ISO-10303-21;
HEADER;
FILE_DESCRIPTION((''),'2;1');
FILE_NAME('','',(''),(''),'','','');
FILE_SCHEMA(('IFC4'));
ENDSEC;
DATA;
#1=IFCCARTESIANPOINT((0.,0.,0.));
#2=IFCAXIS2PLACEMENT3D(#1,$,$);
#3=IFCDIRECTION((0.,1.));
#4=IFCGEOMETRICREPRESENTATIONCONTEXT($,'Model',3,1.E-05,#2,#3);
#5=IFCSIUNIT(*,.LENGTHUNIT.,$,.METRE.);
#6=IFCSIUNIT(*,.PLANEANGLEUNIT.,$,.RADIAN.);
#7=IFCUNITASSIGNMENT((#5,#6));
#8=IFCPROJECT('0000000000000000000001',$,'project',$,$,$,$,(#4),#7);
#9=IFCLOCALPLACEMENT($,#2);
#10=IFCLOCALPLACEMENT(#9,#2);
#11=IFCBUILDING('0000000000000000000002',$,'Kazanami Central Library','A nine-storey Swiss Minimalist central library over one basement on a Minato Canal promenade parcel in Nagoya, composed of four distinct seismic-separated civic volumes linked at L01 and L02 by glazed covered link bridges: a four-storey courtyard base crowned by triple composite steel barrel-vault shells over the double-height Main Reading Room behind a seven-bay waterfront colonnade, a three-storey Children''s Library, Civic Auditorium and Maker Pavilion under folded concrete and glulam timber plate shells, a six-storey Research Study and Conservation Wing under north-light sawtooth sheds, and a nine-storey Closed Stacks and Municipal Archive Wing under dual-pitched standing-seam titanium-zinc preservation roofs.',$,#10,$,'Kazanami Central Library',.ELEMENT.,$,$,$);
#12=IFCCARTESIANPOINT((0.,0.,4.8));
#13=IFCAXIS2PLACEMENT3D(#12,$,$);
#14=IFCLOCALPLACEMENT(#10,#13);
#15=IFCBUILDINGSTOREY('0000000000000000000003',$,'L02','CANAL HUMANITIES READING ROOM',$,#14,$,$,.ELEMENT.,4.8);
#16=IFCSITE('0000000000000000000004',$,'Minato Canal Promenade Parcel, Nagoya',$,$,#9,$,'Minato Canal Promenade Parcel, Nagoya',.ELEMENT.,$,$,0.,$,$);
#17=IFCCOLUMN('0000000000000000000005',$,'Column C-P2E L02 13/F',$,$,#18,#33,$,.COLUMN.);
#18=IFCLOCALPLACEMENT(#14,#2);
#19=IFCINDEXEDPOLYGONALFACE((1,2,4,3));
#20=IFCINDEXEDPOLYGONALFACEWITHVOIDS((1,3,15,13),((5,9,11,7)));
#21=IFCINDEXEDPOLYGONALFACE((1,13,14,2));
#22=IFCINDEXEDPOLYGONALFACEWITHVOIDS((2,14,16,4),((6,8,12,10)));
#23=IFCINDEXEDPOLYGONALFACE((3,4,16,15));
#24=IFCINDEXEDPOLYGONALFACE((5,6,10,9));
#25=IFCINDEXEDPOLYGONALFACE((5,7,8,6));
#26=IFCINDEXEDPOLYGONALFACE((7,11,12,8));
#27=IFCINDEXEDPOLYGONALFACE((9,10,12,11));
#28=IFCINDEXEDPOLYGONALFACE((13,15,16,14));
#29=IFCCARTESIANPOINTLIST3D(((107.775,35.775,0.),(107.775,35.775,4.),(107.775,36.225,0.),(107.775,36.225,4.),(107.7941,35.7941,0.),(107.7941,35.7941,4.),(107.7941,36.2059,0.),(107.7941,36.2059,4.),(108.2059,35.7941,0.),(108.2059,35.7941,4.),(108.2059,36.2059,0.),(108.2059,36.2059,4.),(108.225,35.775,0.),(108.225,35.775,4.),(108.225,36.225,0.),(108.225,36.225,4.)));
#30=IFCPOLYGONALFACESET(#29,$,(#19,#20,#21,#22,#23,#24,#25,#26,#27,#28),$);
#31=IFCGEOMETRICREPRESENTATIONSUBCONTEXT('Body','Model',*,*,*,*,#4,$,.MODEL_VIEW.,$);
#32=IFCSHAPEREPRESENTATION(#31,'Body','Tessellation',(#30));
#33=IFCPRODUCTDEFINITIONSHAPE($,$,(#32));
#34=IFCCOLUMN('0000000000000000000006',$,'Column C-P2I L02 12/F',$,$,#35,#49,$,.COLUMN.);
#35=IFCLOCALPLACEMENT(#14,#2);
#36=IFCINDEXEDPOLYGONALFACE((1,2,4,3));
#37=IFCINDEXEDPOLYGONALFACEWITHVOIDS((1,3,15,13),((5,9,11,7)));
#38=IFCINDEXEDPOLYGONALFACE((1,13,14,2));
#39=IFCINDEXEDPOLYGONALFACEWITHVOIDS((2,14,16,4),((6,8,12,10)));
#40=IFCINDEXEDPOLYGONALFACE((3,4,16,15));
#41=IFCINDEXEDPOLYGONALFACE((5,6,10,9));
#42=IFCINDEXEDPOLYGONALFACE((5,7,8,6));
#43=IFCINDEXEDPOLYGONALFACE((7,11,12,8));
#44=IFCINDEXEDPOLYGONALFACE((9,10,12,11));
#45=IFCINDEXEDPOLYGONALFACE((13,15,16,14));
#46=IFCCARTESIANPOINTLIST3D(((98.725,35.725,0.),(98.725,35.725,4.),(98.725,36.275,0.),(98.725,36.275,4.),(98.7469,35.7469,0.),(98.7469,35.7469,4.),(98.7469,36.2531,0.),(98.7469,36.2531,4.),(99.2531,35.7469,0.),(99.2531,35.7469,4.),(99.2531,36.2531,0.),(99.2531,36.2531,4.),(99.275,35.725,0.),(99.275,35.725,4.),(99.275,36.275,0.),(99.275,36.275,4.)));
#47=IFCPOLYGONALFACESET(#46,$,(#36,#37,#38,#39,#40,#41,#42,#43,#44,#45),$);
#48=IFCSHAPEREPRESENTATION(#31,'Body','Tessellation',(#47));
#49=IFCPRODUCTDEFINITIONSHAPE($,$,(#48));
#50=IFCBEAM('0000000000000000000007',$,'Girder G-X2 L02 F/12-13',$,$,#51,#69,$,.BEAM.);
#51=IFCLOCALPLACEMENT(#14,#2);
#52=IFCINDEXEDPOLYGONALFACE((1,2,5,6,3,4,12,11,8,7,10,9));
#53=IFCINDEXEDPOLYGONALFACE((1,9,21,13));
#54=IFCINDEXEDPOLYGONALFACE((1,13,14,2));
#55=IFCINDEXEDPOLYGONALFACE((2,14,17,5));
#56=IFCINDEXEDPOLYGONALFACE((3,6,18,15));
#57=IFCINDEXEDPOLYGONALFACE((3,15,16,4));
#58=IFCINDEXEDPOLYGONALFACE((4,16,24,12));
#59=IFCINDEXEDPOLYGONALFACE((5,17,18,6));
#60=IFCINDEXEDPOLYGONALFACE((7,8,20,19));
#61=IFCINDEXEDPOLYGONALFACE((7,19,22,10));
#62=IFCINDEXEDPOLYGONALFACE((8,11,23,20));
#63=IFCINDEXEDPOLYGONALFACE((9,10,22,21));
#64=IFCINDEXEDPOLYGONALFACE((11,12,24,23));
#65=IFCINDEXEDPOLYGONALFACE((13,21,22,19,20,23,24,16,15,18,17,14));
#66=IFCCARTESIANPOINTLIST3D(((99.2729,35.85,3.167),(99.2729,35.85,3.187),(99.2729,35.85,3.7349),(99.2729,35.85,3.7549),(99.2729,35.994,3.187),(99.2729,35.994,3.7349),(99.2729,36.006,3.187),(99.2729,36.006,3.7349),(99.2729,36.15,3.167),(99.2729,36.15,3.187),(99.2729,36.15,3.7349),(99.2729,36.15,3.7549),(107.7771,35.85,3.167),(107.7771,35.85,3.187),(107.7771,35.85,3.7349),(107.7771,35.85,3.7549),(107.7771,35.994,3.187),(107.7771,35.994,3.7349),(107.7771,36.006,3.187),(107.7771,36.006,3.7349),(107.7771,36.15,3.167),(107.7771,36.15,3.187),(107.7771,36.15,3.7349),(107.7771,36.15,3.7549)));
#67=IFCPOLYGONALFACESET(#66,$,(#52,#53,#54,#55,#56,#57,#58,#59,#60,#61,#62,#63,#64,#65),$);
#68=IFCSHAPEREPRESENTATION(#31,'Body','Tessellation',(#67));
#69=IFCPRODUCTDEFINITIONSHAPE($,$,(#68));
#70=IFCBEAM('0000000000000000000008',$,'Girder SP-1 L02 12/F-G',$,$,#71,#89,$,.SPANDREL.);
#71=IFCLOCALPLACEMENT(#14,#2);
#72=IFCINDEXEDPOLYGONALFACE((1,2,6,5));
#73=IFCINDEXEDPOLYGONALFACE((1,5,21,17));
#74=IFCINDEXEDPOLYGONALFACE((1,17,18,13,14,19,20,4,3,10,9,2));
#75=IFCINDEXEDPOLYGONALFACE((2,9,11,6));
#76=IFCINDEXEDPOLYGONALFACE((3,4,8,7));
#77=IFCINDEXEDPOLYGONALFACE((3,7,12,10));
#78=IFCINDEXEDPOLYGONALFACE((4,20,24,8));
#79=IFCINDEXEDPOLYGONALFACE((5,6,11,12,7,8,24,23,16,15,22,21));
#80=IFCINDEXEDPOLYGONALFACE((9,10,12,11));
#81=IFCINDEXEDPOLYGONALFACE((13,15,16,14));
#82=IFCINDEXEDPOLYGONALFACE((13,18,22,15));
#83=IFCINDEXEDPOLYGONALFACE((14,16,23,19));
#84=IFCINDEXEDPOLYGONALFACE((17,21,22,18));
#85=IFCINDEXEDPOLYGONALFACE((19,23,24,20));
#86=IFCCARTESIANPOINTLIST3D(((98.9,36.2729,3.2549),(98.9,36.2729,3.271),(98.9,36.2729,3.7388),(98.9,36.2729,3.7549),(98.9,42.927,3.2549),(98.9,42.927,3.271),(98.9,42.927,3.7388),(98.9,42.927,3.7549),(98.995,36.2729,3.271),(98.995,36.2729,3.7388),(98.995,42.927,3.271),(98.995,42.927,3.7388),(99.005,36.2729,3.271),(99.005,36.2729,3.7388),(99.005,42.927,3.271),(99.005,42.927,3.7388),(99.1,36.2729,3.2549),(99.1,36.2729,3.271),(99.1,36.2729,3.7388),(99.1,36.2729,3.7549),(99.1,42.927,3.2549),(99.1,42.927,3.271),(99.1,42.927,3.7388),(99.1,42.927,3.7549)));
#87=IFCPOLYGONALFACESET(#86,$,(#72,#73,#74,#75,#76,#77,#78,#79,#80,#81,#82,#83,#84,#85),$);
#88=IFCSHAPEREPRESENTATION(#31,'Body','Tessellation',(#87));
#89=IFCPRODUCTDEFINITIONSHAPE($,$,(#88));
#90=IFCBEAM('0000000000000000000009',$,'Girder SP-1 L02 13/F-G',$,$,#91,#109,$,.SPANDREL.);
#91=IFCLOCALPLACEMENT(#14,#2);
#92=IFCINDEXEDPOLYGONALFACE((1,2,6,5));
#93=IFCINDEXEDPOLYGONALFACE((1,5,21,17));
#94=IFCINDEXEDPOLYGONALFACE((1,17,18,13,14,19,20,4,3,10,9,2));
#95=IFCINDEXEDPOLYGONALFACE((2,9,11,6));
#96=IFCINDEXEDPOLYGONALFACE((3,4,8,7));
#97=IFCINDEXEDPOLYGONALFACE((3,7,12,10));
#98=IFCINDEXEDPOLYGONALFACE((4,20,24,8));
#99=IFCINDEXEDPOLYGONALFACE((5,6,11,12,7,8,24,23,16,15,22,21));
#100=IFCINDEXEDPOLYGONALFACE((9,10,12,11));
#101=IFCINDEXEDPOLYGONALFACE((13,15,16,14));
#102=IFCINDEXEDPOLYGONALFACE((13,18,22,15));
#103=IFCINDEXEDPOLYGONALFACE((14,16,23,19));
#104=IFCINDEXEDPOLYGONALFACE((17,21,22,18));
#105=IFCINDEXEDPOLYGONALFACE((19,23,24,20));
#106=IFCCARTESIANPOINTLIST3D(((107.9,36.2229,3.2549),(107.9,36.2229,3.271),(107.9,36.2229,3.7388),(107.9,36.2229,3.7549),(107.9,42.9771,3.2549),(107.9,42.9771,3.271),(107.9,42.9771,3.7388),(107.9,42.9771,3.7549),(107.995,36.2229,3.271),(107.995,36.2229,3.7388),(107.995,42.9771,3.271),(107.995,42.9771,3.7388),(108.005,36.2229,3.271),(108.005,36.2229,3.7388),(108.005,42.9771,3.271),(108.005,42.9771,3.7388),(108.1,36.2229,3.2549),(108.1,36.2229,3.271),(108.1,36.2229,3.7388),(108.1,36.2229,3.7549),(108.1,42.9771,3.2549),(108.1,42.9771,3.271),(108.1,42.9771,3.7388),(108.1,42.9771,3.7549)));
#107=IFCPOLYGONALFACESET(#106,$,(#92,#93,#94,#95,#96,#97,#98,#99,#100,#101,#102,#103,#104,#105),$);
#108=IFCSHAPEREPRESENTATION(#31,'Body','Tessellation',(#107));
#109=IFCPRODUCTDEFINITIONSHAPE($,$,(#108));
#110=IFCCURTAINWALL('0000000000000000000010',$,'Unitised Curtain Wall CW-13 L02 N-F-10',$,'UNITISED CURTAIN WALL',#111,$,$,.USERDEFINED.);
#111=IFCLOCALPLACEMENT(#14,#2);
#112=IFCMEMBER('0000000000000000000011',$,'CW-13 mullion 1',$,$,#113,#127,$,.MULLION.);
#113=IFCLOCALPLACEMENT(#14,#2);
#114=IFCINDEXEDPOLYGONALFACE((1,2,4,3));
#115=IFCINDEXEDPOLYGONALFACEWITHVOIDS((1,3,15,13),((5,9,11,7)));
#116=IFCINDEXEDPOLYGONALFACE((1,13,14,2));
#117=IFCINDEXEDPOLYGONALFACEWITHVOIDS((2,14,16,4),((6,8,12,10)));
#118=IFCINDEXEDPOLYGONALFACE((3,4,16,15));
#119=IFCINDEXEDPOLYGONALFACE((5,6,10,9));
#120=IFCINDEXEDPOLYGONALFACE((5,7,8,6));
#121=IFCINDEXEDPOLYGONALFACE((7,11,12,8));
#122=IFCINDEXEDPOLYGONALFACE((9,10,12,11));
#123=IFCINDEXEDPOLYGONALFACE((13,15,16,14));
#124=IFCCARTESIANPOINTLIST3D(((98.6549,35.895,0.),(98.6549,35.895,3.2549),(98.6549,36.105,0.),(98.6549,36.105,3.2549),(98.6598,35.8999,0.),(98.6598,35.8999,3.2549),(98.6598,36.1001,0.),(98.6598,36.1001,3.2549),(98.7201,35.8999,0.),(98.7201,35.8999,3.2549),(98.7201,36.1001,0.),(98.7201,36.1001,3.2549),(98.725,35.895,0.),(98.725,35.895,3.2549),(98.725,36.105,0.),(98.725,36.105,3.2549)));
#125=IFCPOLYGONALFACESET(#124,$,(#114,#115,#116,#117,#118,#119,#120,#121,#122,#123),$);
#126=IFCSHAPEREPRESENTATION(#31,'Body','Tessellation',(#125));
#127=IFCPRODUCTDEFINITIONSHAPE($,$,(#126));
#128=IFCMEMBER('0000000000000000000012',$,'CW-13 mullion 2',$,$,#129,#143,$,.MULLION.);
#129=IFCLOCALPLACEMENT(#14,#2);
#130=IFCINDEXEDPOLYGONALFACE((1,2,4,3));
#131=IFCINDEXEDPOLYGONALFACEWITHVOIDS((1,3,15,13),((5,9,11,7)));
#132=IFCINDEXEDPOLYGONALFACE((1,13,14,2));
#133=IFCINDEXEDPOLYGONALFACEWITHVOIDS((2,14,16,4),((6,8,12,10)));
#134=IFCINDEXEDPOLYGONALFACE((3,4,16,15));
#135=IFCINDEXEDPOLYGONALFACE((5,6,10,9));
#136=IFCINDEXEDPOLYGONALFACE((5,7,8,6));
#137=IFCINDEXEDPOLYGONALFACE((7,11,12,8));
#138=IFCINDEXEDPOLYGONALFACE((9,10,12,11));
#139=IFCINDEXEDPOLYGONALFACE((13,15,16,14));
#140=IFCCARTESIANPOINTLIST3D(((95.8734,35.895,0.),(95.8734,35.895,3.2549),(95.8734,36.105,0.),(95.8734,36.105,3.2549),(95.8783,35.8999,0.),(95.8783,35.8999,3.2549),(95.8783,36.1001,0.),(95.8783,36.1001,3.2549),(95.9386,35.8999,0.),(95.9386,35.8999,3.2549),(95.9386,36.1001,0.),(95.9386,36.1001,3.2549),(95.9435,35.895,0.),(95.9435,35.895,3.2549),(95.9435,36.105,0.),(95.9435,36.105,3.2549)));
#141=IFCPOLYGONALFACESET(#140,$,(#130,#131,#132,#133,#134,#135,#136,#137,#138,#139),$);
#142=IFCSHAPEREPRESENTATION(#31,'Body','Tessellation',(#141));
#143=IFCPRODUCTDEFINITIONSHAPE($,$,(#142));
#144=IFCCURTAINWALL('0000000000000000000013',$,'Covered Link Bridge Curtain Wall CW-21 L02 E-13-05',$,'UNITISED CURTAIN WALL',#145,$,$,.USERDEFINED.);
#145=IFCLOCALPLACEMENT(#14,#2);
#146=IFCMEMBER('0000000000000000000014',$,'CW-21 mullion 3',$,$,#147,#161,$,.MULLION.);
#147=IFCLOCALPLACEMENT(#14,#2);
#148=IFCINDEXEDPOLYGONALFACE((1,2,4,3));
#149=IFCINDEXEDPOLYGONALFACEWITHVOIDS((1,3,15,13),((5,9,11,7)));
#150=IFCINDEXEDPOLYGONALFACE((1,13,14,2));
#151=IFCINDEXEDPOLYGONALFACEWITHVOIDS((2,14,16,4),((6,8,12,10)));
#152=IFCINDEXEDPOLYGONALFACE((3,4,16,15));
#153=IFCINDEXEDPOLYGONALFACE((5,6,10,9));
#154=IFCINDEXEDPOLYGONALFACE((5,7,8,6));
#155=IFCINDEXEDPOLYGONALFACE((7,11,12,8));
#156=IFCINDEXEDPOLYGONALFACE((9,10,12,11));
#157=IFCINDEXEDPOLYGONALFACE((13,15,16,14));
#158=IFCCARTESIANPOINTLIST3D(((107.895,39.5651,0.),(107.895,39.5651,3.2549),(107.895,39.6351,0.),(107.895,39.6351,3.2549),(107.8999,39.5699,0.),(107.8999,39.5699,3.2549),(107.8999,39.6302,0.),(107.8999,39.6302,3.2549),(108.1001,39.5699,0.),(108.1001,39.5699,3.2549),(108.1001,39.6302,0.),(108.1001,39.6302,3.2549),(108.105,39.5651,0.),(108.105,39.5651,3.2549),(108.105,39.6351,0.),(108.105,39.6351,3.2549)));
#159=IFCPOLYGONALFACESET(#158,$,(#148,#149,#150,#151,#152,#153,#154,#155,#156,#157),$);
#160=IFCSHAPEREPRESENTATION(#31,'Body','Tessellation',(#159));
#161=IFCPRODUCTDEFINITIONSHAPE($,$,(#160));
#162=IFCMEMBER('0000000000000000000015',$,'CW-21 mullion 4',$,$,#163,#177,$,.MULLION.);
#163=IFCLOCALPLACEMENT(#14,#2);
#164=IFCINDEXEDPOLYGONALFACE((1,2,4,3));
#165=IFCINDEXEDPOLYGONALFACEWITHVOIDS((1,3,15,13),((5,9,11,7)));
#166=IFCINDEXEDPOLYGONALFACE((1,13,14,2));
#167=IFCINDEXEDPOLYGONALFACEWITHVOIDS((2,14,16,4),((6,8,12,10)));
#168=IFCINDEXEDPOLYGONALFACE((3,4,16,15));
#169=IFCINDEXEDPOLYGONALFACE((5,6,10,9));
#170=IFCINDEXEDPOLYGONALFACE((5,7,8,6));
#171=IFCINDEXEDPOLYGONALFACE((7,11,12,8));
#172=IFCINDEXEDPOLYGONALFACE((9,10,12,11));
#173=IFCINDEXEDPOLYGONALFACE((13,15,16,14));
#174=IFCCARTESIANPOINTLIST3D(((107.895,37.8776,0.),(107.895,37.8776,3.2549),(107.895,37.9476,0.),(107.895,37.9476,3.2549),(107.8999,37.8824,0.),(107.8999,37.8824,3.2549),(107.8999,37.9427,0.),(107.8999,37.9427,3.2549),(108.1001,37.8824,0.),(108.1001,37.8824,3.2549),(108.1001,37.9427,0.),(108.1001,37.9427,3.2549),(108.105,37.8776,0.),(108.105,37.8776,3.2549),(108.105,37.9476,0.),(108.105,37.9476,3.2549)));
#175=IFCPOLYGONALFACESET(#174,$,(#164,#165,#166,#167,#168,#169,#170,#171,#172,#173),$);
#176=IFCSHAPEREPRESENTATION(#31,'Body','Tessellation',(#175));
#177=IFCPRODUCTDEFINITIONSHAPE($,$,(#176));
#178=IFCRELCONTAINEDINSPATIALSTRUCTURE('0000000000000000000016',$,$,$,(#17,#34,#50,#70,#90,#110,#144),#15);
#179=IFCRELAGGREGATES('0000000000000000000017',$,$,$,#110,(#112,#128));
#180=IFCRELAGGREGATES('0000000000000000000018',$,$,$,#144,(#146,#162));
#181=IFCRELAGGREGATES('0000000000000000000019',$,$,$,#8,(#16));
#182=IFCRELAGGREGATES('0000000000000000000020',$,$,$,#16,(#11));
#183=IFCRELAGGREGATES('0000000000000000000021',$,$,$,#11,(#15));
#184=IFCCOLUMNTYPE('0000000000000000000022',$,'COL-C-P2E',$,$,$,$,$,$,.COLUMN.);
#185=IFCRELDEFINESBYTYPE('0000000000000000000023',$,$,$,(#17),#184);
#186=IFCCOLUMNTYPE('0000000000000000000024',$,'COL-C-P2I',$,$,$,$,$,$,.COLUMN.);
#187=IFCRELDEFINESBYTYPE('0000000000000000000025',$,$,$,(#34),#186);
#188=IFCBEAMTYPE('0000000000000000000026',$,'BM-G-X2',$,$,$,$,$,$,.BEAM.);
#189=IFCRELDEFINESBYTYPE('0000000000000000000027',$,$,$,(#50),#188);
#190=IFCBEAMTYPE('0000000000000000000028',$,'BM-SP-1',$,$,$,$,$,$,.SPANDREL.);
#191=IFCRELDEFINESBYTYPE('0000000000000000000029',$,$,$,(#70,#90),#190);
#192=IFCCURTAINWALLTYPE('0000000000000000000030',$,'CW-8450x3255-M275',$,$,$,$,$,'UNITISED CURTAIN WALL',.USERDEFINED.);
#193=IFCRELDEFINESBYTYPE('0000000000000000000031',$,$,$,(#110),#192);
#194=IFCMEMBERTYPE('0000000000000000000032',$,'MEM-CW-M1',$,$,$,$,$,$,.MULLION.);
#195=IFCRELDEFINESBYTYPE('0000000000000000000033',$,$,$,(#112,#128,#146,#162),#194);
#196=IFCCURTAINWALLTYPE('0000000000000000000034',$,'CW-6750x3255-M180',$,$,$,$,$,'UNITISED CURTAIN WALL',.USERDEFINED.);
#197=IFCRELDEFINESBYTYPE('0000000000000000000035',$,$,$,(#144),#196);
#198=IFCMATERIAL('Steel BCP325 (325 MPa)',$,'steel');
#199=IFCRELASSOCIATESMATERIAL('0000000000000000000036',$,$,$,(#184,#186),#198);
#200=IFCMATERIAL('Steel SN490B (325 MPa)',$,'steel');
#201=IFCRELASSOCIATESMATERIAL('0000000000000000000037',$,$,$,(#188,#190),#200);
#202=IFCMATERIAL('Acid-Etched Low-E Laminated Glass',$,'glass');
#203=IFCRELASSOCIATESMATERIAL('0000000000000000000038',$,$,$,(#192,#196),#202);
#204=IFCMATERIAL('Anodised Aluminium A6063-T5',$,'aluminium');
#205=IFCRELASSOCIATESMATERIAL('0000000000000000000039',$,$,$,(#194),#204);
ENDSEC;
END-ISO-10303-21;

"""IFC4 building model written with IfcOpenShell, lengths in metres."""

from ifc_helpers import new_model, si_unit, direction, frame, origin, origin_2d, place, context, subcontext, project, spatial, hollow_rectangle, i_section, extrude, material, material_profile, profile_set, type_object, element, aggregate, save


model = new_model("IFC4")

# Units and contexts
model_context = context("Model", 3, precision=1e-05, world=origin(), true_north=direction((0.0, 1.0)))
body_context = subcontext(model_context, "Body", "Model", "MODEL_VIEW")
ifc_project = project(units=[si_unit("LENGTHUNIT", "METRE"), si_unit("PLANEANGLEUNIT", "RADIAN")], contexts=[model_context])

# Site, building, storey
site_placement = place(None, origin())
site = spatial("IfcSite", under=ifc_project, at=site_placement, Name="Minato Canal Promenade Parcel, Nagoya", LongName="Minato Canal Promenade Parcel, Nagoya", CompositionType="ELEMENT", RefElevation=0.0)
building_placement = place(site_placement, origin())
building = spatial("IfcBuilding", under=site, at=building_placement, Name="Kazanami Central Library", Description="A nine-storey Swiss Minimalist central library over one basement on a Minato Canal promenade parcel in Nagoya, composed of four distinct seismic-separated civic volumes linked at L01 and L02 by glazed covered link bridges: a four-storey courtyard base crowned by triple composite steel barrel-vault shells over the double-height Main Reading Room behind a seven-bay waterfront colonnade, a three-storey Children's Library, Civic Auditorium and Maker Pavilion under folded concrete and glulam timber plate shells, a six-storey Research Study and Conservation Wing under north-light sawtooth sheds, and a nine-storey Closed Stacks and Municipal Archive Wing under dual-pitched standing-seam titanium-zinc preservation roofs.", LongName="Kazanami Central Library", CompositionType="ELEMENT")
storey_placement = place(building_placement, frame((0.0, 0.0, 4.8)))
storey = spatial("IfcBuildingStorey", under=building, at=storey_placement, Name="L02", Description="CANAL HUMANITIES READING ROOM", CompositionType="ELEMENT", Elevation=4.8)

# Columns
ifc_material_1 = material(Name="Steel BCP325 (325 MPa)", Category="steel")
ifc_material_profile_1 = material_profile(ifc_material_1, hollow_rectangle(XDim=0.45, YDim=0.45, WallThickness=0.019, at=origin_2d()), Name="BCP-450x450x19")
ifc_profile_set_1 = profile_set([ifc_material_profile_1], Name="Steel BCP325 (325 MPa)")
column_type_1 = type_object("IfcColumnType", Name="COL-C-P2E", PredefinedType="COLUMN", material=ifc_profile_set_1)
column_1_placement = place(storey_placement, frame((108.0, 36.0, 0.0), z_axis=(0.0, 0.0, 1.0), x_axis=(1.0, 0.0, 0.0)))
element("IfcColumn", 1, at=column_1_placement, inside=storey, type_object=column_type_1, Name="Column C-P2E L02 13/F", PredefinedType="COLUMN", context=body_context, shape_type="SweptSolid", body=[
    extrude(hollow_rectangle(XDim=0.45, YDim=0.45, WallThickness=0.019, at=origin_2d()), origin(), (0.0, 0.0, 1.0), 4.0),
])
ifc_material_profile_2 = material_profile(ifc_material_1, hollow_rectangle(XDim=0.55, YDim=0.55, WallThickness=0.022, at=origin_2d()), Name="BCP-550x550x22")
ifc_profile_set_2 = profile_set([ifc_material_profile_2], Name="Steel BCP325 (325 MPa)")
column_type_2 = type_object("IfcColumnType", Name="COL-C-P2I", PredefinedType="COLUMN", material=ifc_profile_set_2)
column_2_placement = place(storey_placement, frame((99.0, 36.0, 0.0), z_axis=(0.0, 0.0, 1.0), x_axis=(1.0, 0.0, 0.0)))
element("IfcColumn", 2, at=column_2_placement, inside=storey, type_object=column_type_2, Name="Column C-P2I L02 12/F", PredefinedType="COLUMN", context=body_context, shape_type="SweptSolid", body=[
    extrude(hollow_rectangle(XDim=0.55, YDim=0.55, WallThickness=0.022, at=origin_2d()), origin(), (0.0, 0.0, 1.0), 4.0),
])

# Beams
ifc_material_2 = material(Name="Steel SN490B (325 MPa)", Category="steel")
ifc_material_profile_3 = material_profile(ifc_material_2, i_section(OverallWidth=0.3, OverallDepth=0.5879, WebThickness=0.012, FlangeThickness=0.02, at=origin_2d()), Name="H-588x300x12x20")
ifc_profile_set_3 = profile_set([ifc_material_profile_3], Name="Steel SN490B (325 MPa)")
beam_type_1 = type_object("IfcBeamType", Name="BM-G-X2", PredefinedType="BEAM", material=ifc_profile_set_3)
beam_1_placement = place(storey_placement, frame((99.2729, 36.0, 3.4609), z_axis=(1.0, 0.0, 0.0), x_axis=(0.0, 1.0, 0.0)))
element("IfcBeam", 3, at=beam_1_placement, inside=storey, type_object=beam_type_1, Name="Girder G-X2 L02 F/12-13", PredefinedType="BEAM", context=body_context, shape_type="SweptSolid", body=[
    extrude(i_section(OverallWidth=0.3, OverallDepth=0.5879, WebThickness=0.012, FlangeThickness=0.02, at=origin_2d()), origin(), (0.0, 0.0, 1.0), 8.5042),
])
ifc_material_profile_4 = material_profile(ifc_material_2, i_section(OverallWidth=0.2, OverallDepth=0.5, WebThickness=0.01, FlangeThickness=0.0161, at=origin_2d()), Name="H-500x200x10x16")
ifc_profile_set_4 = profile_set([ifc_material_profile_4], Name="Steel SN490B (325 MPa)")
beam_type_2 = type_object("IfcBeamType", Name="BM-SP-1", PredefinedType="SPANDREL", material=ifc_profile_set_4)
beam_2_placement = place(storey_placement, frame((99.0, 36.2729, 3.5049), z_axis=(0.0, 1.0, 0.0), x_axis=(-1.0, 0.0, 0.0)))
element("IfcBeam", 4, at=beam_2_placement, inside=storey, type_object=beam_type_2, Name="Girder SP-1 L02 12/F-G", PredefinedType="SPANDREL", context=body_context, shape_type="SweptSolid", body=[
    extrude(i_section(OverallWidth=0.2, OverallDepth=0.5, WebThickness=0.01, FlangeThickness=0.0161, at=origin_2d()), origin(), (0.0, 0.0, 1.0), 6.6541),
])
beam_3_placement = place(storey_placement, frame((108.0, 36.2229, 3.5049), z_axis=(0.0, 1.0, 0.0), x_axis=(-1.0, 0.0, 0.0)))
element("IfcBeam", 5, at=beam_3_placement, inside=storey, type_object=beam_type_2, Name="Girder SP-1 L02 13/F-G", PredefinedType="SPANDREL", context=body_context, shape_type="SweptSolid", body=[
    extrude(i_section(OverallWidth=0.2, OverallDepth=0.5, WebThickness=0.01, FlangeThickness=0.0161, at=origin_2d()), origin(), (0.0, 0.0, 1.0), 6.7542),
])

# Curtain walls, members
ifc_material_3 = material(Name="Acid-Etched Low-E Laminated Glass", Category="glass")
curtain_wall_type_1 = type_object("IfcCurtainWallType", Name="CW-8450x3255-M275", ElementType="UNITISED CURTAIN WALL", PredefinedType="USERDEFINED", material=ifc_material_3)
curtain_wall_1_placement = place(storey_placement, origin())
curtain_wall_1 = element("IfcCurtainWall", 6, at=curtain_wall_1_placement, inside=storey, type_object=curtain_wall_type_1, Name="Unitised Curtain Wall CW-13 L02 N-F-10", ObjectType="UNITISED CURTAIN WALL", PredefinedType="USERDEFINED")
ifc_material_4 = material(Name="Anodised Aluminium A6063-T5", Category="aluminium")
ifc_material_profile_5 = material_profile(ifc_material_4, hollow_rectangle(XDim=0.0701, YDim=0.21, WallThickness=0.0049, at=origin_2d()), Name="ALU-MULL-70x210x5")
ifc_profile_set_5 = profile_set([ifc_material_profile_5], Name="Anodised Aluminium A6063-T5")
member_type_1 = type_object("IfcMemberType", Name="MEM-CW-M1", PredefinedType="MULLION", material=ifc_profile_set_5)
member_1_placement = place(storey_placement, frame((98.6899, 36.0, 0.0), z_axis=(0.0, 0.0, 1.0), x_axis=(-1.0, 0.0, 0.0)))
member_1 = element("IfcMember", 7, at=member_1_placement, type_object=member_type_1, Name="CW-13 mullion 1", PredefinedType="MULLION", context=body_context, shape_type="SweptSolid", body=[
    extrude(hollow_rectangle(XDim=0.0701, YDim=0.21, WallThickness=0.0049, at=origin_2d()), origin(), (0.0, 0.0, 1.0), 3.2549),
])
member_2_placement = place(storey_placement, frame((95.9084, 36.0, 0.0), z_axis=(0.0, 0.0, 1.0), x_axis=(-1.0, 0.0, 0.0)))
member_2 = element("IfcMember", 8, at=member_2_placement, type_object=member_type_1, Name="CW-13 mullion 2", PredefinedType="MULLION", context=body_context, shape_type="SweptSolid", body=[
    extrude(hollow_rectangle(XDim=0.0701, YDim=0.21, WallThickness=0.0049, at=origin_2d()), origin(), (0.0, 0.0, 1.0), 3.2549),
])
curtain_wall_type_2 = type_object("IfcCurtainWallType", Name="CW-6750x3255-M180", ElementType="UNITISED CURTAIN WALL", PredefinedType="USERDEFINED", material=ifc_material_3)
curtain_wall_2_placement = place(storey_placement, origin())
curtain_wall_2 = element("IfcCurtainWall", 9, at=curtain_wall_2_placement, inside=storey, type_object=curtain_wall_type_2, Name="Covered Link Bridge Curtain Wall CW-21 L02 E-13-05", ObjectType="UNITISED CURTAIN WALL", PredefinedType="USERDEFINED")
member_3_placement = place(storey_placement, frame((108.0, 39.6001, 0.0), z_axis=(0.0, 0.0, 1.0), x_axis=(0.0, -1.0, 0.0)))
member_3 = element("IfcMember", 10, at=member_3_placement, type_object=member_type_1, Name="CW-21 mullion 3", PredefinedType="MULLION", context=body_context, shape_type="SweptSolid", body=[
    extrude(hollow_rectangle(XDim=0.0701, YDim=0.21, WallThickness=0.0049, at=origin_2d()), origin(), (0.0, 0.0, 1.0), 3.2549),
])
member_4_placement = place(storey_placement, frame((108.0, 37.9126, 0.0), z_axis=(0.0, 0.0, 1.0), x_axis=(0.0, -1.0, 0.0)))
member_4 = element("IfcMember", 11, at=member_4_placement, type_object=member_type_1, Name="CW-21 mullion 4", PredefinedType="MULLION", context=body_context, shape_type="SweptSolid", body=[
    extrude(hollow_rectangle(XDim=0.0701, YDim=0.21, WallThickness=0.0049, at=origin_2d()), origin(), (0.0, 0.0, 1.0), 3.2549),
])

aggregate(curtain_wall_1, [member_1, member_2])
aggregate(curtain_wall_2, [member_3, member_4])

save(model, "model.ifc")
